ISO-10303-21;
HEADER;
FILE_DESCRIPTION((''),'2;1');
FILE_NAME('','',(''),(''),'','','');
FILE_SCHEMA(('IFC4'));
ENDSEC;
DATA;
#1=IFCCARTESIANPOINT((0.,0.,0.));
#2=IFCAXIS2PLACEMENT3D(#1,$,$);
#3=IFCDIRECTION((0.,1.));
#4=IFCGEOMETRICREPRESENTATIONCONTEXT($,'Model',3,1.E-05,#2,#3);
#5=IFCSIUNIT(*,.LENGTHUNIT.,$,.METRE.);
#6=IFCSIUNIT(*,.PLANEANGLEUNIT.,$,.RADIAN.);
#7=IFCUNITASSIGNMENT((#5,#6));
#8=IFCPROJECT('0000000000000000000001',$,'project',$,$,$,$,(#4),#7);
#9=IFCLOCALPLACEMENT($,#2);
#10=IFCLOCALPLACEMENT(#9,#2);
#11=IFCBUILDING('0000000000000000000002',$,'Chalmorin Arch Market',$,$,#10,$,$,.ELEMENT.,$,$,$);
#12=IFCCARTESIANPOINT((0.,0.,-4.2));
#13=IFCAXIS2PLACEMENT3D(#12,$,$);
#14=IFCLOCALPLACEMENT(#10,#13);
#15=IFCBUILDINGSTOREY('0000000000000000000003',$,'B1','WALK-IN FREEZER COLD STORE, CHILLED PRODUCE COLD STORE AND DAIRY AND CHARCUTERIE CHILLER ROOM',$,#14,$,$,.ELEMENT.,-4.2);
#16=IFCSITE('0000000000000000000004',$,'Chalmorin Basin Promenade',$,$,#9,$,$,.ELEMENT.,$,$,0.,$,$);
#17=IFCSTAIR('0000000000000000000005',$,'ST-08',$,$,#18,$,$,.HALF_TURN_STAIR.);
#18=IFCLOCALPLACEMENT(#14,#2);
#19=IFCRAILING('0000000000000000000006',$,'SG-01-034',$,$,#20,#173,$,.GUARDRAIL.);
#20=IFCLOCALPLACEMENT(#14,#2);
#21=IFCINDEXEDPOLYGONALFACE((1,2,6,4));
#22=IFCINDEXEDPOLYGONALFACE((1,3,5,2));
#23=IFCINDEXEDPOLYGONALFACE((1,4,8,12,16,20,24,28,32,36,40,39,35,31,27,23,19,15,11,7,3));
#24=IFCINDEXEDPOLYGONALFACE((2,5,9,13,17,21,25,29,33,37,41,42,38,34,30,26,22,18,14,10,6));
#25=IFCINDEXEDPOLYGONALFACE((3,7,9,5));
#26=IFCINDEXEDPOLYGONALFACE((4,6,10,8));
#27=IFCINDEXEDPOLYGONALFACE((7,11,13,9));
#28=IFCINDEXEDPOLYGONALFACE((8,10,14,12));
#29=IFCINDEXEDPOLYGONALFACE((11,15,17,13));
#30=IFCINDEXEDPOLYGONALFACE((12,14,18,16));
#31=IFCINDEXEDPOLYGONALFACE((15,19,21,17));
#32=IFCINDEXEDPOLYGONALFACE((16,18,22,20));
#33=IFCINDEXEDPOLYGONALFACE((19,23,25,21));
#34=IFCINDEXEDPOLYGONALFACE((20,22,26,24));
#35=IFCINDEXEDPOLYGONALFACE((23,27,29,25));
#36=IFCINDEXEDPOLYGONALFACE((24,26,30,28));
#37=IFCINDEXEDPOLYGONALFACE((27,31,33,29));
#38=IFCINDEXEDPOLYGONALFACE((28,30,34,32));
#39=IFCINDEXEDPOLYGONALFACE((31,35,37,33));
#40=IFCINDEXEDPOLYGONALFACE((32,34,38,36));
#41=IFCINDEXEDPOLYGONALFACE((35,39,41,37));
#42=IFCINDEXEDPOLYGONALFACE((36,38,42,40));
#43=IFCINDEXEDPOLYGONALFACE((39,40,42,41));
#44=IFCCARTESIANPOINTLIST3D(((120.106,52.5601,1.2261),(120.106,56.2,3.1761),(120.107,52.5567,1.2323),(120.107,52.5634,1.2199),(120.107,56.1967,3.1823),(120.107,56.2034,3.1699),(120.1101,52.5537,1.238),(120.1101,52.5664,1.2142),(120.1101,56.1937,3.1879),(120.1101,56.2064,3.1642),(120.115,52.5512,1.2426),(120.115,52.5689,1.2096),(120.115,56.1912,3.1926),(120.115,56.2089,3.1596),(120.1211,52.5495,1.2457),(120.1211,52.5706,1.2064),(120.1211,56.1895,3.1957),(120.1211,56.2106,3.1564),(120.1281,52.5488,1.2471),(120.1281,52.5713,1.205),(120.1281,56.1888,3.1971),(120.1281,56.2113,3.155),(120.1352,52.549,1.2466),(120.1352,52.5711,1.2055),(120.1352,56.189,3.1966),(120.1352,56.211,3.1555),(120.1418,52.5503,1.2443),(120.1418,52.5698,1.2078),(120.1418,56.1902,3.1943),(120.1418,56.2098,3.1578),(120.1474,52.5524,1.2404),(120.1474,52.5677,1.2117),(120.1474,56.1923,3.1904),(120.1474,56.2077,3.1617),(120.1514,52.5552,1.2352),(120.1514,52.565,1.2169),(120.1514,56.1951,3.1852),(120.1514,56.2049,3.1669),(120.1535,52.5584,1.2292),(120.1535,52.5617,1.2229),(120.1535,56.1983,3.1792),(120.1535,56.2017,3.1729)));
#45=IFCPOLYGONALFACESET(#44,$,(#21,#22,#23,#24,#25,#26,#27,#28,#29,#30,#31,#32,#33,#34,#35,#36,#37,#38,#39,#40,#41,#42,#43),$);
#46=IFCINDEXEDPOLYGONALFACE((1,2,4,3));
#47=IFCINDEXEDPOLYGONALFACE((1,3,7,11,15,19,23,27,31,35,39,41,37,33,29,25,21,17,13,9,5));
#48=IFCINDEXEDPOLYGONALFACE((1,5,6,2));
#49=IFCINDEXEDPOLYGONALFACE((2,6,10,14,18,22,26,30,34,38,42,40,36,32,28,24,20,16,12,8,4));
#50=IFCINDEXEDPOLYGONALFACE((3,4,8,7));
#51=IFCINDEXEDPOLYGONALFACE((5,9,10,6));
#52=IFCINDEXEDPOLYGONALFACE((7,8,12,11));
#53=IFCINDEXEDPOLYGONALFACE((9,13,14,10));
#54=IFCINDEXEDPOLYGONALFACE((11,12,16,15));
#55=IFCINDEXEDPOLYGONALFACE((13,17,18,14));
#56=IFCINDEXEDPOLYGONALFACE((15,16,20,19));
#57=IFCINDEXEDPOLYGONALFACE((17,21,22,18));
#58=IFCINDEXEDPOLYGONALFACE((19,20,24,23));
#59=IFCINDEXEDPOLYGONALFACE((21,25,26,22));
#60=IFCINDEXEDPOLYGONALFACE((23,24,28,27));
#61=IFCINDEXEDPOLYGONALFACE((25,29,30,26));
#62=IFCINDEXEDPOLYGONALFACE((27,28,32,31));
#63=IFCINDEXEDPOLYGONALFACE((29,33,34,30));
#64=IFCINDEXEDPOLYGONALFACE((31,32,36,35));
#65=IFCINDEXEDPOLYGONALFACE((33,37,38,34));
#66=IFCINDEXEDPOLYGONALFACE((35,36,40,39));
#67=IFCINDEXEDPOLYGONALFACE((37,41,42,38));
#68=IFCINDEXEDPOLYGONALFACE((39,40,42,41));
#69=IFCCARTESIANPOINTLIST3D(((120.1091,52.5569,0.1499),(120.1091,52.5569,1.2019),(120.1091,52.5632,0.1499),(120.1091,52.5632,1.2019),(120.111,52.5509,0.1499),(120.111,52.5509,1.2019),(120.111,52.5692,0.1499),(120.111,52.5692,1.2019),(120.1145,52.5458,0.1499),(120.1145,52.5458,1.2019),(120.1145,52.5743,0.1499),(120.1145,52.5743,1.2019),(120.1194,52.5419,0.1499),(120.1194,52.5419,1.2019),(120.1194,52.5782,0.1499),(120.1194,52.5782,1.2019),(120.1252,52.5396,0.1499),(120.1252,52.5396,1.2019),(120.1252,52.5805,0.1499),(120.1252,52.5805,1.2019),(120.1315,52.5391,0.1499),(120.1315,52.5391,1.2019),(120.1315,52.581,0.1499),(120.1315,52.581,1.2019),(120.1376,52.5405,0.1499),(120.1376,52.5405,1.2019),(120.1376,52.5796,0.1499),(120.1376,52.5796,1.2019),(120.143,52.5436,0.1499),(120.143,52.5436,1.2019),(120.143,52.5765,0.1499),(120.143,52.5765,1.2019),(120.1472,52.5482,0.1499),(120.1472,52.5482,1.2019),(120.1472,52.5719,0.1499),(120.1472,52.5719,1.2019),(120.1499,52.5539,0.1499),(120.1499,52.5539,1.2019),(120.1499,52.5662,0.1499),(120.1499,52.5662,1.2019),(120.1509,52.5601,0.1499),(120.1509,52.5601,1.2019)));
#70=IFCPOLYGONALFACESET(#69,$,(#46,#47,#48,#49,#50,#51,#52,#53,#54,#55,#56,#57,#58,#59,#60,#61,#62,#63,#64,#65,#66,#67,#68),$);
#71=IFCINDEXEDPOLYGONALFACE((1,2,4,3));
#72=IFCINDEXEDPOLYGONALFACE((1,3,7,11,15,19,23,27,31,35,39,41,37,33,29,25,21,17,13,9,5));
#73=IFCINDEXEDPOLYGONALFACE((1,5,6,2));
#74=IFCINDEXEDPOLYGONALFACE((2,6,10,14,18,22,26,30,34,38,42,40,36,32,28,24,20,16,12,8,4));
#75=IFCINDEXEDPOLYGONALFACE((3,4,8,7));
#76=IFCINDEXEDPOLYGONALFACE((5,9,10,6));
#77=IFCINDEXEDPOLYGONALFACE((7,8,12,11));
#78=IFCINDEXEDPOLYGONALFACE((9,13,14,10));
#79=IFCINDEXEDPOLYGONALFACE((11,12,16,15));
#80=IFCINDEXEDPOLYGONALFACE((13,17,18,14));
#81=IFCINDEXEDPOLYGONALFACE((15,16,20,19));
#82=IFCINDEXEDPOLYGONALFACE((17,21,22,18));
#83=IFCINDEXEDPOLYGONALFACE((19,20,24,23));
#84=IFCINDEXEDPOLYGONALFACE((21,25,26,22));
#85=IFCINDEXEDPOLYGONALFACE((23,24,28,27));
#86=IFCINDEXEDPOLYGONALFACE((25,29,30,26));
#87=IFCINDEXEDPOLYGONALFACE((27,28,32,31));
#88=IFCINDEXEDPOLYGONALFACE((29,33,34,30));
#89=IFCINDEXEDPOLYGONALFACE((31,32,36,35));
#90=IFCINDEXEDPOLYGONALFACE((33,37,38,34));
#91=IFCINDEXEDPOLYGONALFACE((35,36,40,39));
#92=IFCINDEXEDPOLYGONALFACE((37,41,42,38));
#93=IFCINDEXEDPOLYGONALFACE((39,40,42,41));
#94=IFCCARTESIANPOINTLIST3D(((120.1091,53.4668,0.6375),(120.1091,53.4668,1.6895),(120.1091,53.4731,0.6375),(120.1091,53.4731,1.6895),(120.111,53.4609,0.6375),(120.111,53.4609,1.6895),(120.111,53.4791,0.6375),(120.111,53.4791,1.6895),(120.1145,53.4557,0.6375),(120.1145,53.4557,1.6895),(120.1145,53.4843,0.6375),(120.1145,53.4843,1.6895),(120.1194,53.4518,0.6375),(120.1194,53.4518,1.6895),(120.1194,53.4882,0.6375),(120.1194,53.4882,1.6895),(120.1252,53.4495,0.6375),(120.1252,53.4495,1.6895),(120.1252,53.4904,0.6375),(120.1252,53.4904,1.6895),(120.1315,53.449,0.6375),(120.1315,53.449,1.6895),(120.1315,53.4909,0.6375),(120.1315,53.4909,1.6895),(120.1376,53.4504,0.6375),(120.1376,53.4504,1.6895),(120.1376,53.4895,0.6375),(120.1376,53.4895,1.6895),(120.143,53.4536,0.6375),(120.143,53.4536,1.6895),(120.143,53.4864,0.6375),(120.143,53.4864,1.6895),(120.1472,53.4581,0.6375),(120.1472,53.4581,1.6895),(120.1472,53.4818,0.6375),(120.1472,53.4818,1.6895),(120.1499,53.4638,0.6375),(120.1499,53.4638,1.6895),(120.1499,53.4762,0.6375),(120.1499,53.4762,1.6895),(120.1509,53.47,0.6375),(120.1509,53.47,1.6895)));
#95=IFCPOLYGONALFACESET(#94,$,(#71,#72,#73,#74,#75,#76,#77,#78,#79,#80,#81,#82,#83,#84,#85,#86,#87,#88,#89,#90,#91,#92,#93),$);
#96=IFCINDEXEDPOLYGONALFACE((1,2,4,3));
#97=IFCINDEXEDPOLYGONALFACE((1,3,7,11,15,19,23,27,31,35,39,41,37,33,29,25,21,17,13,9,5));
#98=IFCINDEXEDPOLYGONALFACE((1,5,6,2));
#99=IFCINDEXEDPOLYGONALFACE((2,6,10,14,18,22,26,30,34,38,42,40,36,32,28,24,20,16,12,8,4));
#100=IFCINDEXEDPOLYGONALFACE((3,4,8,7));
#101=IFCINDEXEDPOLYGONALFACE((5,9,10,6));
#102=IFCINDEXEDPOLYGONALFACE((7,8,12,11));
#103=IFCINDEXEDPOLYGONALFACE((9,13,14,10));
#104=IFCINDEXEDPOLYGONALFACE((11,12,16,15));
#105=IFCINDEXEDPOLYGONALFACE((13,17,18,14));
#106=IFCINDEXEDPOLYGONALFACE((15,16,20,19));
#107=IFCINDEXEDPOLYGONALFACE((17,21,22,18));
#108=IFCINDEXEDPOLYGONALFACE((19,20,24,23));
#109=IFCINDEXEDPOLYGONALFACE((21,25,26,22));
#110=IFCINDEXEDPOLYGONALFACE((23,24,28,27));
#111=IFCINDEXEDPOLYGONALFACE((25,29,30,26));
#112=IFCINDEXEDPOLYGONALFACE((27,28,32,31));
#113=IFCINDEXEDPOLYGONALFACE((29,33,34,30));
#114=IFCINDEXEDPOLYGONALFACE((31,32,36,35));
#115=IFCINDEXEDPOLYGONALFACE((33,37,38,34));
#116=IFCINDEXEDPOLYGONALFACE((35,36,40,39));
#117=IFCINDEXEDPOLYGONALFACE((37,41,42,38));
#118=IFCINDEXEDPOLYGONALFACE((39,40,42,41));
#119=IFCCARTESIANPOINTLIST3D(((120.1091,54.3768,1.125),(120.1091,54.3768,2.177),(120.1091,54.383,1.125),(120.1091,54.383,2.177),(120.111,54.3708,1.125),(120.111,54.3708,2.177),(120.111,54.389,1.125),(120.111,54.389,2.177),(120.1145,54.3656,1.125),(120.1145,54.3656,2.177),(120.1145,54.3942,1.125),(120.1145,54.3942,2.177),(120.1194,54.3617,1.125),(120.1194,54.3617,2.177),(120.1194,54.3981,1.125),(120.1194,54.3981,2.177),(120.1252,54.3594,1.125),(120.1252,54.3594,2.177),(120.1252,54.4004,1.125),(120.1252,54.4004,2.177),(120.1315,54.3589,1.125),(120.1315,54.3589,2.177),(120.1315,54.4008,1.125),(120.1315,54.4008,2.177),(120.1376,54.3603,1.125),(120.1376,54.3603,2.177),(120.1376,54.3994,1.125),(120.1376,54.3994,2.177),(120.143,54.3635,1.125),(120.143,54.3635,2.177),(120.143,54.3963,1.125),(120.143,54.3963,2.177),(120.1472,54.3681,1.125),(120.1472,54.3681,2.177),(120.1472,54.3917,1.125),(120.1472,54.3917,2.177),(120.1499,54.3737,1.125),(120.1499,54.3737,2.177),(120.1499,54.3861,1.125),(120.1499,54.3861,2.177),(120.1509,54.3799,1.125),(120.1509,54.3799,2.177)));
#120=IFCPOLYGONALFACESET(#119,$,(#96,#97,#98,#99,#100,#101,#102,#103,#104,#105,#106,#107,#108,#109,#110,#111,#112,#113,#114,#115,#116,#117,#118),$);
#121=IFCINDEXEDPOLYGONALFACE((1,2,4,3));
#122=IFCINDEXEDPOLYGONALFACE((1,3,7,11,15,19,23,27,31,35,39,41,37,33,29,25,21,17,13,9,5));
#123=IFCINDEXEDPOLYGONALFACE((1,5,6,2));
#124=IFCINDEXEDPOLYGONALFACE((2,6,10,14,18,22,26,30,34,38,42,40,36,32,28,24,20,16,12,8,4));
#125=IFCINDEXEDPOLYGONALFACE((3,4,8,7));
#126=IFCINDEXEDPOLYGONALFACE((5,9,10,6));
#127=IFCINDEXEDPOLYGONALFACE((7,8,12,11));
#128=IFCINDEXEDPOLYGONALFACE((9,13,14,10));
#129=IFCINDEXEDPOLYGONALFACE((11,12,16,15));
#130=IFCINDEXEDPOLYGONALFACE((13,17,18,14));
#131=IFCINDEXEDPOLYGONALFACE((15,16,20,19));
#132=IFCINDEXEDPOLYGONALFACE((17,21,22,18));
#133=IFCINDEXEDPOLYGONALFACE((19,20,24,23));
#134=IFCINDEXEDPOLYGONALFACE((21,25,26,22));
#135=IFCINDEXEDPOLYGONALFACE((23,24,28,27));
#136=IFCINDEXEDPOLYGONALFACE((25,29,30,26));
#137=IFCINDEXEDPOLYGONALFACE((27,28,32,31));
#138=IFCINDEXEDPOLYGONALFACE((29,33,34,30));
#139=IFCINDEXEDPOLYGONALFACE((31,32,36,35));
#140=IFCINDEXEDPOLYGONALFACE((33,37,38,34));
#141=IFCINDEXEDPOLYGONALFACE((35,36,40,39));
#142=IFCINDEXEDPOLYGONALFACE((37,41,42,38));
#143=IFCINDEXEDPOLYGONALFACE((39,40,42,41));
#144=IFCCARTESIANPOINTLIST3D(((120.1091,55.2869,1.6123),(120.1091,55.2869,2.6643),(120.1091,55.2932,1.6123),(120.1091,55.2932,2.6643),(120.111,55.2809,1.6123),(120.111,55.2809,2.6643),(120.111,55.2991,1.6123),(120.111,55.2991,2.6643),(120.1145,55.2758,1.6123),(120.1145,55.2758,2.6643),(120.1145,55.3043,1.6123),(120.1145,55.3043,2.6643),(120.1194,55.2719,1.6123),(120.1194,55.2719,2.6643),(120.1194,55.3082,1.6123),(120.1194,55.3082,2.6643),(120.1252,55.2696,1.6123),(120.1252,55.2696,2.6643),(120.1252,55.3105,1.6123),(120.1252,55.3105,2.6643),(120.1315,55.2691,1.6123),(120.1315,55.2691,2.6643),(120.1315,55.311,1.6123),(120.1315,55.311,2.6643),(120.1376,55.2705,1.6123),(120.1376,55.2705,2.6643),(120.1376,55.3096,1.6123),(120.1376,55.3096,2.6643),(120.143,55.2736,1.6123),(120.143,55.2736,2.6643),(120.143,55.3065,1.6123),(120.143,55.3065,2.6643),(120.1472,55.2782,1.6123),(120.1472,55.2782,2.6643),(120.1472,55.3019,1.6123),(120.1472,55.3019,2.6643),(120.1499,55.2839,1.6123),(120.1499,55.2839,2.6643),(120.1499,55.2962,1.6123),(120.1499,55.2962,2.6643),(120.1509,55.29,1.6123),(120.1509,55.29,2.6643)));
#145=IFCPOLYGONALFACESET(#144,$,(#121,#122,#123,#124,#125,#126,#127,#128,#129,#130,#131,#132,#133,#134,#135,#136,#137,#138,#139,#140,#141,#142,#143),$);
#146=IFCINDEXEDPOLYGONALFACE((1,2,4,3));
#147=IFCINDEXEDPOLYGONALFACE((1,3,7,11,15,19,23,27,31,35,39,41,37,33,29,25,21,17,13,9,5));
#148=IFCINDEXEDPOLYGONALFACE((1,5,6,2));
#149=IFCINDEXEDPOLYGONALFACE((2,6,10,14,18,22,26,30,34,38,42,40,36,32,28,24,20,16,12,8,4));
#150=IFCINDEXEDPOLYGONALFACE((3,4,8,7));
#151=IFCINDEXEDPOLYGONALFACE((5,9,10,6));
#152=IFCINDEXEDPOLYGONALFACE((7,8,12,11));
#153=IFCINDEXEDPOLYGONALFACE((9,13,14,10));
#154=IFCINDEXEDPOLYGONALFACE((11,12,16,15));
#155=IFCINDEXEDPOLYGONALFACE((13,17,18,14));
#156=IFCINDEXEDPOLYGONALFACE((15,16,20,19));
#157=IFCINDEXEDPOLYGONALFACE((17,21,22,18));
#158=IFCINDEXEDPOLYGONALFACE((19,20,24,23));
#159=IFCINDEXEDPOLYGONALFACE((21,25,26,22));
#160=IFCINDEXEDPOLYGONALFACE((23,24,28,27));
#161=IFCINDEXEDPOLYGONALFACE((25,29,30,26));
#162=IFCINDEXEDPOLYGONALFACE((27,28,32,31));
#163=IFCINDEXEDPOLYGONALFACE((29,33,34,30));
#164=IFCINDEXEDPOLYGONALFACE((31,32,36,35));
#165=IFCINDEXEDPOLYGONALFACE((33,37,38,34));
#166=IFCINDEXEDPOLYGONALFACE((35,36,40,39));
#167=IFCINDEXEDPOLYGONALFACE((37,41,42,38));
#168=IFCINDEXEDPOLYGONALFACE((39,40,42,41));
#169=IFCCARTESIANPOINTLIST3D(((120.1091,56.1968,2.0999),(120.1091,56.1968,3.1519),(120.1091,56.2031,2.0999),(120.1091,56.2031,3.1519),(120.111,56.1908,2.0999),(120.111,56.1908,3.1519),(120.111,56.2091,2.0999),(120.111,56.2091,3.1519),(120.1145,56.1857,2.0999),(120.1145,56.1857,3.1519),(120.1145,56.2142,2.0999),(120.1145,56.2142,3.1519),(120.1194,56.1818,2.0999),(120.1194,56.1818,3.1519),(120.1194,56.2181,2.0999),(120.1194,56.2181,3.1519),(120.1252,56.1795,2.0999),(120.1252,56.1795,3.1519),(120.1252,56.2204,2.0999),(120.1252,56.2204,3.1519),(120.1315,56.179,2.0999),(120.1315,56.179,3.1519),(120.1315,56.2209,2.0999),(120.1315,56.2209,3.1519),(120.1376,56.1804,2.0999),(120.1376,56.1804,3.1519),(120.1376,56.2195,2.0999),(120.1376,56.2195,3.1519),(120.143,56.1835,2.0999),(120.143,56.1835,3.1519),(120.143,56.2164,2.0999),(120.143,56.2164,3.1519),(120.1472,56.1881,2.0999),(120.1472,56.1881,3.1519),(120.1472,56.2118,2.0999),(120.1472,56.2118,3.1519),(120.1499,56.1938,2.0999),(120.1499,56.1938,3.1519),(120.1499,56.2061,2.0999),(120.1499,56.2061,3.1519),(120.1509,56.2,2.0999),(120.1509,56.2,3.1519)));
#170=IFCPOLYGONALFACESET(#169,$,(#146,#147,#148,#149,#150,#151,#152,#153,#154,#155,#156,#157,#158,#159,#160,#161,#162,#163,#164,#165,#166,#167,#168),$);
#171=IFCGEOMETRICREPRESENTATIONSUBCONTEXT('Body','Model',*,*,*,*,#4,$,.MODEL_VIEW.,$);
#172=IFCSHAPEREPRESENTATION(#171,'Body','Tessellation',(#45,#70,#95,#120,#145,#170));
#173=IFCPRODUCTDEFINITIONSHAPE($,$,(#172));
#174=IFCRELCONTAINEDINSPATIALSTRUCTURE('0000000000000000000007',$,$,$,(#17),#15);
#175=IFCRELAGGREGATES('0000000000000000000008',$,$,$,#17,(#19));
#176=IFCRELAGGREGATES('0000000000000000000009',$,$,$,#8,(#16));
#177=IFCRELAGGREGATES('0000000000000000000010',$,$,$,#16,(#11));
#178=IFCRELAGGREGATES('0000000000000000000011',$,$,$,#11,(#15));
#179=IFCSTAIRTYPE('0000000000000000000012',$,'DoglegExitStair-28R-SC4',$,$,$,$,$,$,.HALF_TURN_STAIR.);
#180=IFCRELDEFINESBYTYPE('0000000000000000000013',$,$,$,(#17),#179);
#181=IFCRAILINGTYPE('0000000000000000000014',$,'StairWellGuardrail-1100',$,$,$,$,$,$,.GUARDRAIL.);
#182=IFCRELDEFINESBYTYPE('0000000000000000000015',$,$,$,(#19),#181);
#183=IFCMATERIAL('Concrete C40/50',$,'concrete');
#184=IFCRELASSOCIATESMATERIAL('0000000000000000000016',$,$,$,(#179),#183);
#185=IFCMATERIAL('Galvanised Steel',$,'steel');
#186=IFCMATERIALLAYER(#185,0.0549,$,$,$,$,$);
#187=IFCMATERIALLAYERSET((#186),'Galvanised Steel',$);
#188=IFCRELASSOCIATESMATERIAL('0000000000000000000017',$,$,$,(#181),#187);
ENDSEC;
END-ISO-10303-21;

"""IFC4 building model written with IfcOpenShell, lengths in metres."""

from ifc_helpers import new_model, si_unit, direction, frame, origin, origin_2d, place, context, subcontext, project, spatial, circle, extrude, material, layer, layer_set, type_object, element, aggregate, save


model = new_model("IFC4")

# Units and contexts
model_context = context("Model", 3, precision=1e-05, world=origin(), true_north=direction((0.0, 1.0)))
body_context = subcontext(model_context, "Body", "Model", "MODEL_VIEW")
ifc_project = project(units=[si_unit("LENGTHUNIT", "METRE"), si_unit("PLANEANGLEUNIT", "RADIAN")], contexts=[model_context])

# Site, building, storey
site_placement = place(None, origin())
site = spatial("IfcSite", under=ifc_project, at=site_placement, Name="Chalmorin Basin Promenade", CompositionType="ELEMENT", RefElevation=0.0)
building_placement = place(site_placement, origin())
building = spatial("IfcBuilding", under=site, at=building_placement, Name="Chalmorin Arch Market", CompositionType="ELEMENT")
storey_placement = place(building_placement, frame((0.0, 0.0, -4.2)))
storey = spatial("IfcBuildingStorey", under=building, at=storey_placement, Name="B1", Description="WALK-IN FREEZER COLD STORE, CHILLED PRODUCE COLD STORE AND DAIRY AND CHARCUTERIE CHILLER ROOM", CompositionType="ELEMENT", Elevation=-4.2)

# Shared definitions
ifc_material_1 = material(Name="Concrete C40/50", Category="concrete")

# Stair, railing
stair_type = type_object("IfcStairType", Name="DoglegExitStair-28R-SC4", PredefinedType="HALF_TURN_STAIR", material=ifc_material_1)
stair_placement = place(storey_placement, origin())
stair = element("IfcStair", 1, at=stair_placement, inside=storey, type_object=stair_type, Name="ST-08", PredefinedType="HALF_TURN_STAIR")
ifc_material_2 = material(Name="Galvanised Steel", Category="steel")
ifc_layer_1 = layer(ifc_material_2, 0.0549)
ifc_layer_set_1 = layer_set([ifc_layer_1], Name="Galvanised Steel")
railing_type_1 = type_object("IfcRailingType", Name="StairWellGuardrail-1100", PredefinedType="GUARDRAIL", material=ifc_layer_set_1)
railing_1_placement = place(storey_placement, frame((120.1299, 52.5601, 0.1499)))
railing_1 = element("IfcRailing", 2, at=railing_1_placement, type_object=railing_type_1, Name="SG-01-034", PredefinedType="GUARDRAIL", context=body_context, shape_type="SweptSolid", body=[
    extrude(circle(Radius=0.0239, at=origin_2d()), frame((0.0, 0.0, 1.0762), z_axis=(0.0, 0.881479, 0.472223), x_axis=(-1.0, 0.0, 0.0)), (0.0, 0.0, 1.0), 4.1294),
    extrude(circle(Radius=0.021, at=origin_2d()), origin(), (0.0, 0.0, 1.0), 1.052),
    extrude(circle(Radius=0.021, at=origin_2d()), frame((0.0, 0.9099, 0.4875)), (0.0, 0.0, 1.0), 1.052),
    extrude(circle(Radius=0.021, at=origin_2d()), frame((0.0, 1.8198, 0.9751)), (0.0, 0.0, 1.0), 1.052),
    extrude(circle(Radius=0.021, at=origin_2d()), frame((0.0, 2.73, 1.4624)), (0.0, 0.0, 1.0), 1.052),
    extrude(circle(Radius=0.021, at=origin_2d()), frame((0.0, 3.6399, 1.95)), (0.0, 0.0, 1.0), 1.052),
])
aggregate(stair, [railing_1])

save(model, "model.ifc")
